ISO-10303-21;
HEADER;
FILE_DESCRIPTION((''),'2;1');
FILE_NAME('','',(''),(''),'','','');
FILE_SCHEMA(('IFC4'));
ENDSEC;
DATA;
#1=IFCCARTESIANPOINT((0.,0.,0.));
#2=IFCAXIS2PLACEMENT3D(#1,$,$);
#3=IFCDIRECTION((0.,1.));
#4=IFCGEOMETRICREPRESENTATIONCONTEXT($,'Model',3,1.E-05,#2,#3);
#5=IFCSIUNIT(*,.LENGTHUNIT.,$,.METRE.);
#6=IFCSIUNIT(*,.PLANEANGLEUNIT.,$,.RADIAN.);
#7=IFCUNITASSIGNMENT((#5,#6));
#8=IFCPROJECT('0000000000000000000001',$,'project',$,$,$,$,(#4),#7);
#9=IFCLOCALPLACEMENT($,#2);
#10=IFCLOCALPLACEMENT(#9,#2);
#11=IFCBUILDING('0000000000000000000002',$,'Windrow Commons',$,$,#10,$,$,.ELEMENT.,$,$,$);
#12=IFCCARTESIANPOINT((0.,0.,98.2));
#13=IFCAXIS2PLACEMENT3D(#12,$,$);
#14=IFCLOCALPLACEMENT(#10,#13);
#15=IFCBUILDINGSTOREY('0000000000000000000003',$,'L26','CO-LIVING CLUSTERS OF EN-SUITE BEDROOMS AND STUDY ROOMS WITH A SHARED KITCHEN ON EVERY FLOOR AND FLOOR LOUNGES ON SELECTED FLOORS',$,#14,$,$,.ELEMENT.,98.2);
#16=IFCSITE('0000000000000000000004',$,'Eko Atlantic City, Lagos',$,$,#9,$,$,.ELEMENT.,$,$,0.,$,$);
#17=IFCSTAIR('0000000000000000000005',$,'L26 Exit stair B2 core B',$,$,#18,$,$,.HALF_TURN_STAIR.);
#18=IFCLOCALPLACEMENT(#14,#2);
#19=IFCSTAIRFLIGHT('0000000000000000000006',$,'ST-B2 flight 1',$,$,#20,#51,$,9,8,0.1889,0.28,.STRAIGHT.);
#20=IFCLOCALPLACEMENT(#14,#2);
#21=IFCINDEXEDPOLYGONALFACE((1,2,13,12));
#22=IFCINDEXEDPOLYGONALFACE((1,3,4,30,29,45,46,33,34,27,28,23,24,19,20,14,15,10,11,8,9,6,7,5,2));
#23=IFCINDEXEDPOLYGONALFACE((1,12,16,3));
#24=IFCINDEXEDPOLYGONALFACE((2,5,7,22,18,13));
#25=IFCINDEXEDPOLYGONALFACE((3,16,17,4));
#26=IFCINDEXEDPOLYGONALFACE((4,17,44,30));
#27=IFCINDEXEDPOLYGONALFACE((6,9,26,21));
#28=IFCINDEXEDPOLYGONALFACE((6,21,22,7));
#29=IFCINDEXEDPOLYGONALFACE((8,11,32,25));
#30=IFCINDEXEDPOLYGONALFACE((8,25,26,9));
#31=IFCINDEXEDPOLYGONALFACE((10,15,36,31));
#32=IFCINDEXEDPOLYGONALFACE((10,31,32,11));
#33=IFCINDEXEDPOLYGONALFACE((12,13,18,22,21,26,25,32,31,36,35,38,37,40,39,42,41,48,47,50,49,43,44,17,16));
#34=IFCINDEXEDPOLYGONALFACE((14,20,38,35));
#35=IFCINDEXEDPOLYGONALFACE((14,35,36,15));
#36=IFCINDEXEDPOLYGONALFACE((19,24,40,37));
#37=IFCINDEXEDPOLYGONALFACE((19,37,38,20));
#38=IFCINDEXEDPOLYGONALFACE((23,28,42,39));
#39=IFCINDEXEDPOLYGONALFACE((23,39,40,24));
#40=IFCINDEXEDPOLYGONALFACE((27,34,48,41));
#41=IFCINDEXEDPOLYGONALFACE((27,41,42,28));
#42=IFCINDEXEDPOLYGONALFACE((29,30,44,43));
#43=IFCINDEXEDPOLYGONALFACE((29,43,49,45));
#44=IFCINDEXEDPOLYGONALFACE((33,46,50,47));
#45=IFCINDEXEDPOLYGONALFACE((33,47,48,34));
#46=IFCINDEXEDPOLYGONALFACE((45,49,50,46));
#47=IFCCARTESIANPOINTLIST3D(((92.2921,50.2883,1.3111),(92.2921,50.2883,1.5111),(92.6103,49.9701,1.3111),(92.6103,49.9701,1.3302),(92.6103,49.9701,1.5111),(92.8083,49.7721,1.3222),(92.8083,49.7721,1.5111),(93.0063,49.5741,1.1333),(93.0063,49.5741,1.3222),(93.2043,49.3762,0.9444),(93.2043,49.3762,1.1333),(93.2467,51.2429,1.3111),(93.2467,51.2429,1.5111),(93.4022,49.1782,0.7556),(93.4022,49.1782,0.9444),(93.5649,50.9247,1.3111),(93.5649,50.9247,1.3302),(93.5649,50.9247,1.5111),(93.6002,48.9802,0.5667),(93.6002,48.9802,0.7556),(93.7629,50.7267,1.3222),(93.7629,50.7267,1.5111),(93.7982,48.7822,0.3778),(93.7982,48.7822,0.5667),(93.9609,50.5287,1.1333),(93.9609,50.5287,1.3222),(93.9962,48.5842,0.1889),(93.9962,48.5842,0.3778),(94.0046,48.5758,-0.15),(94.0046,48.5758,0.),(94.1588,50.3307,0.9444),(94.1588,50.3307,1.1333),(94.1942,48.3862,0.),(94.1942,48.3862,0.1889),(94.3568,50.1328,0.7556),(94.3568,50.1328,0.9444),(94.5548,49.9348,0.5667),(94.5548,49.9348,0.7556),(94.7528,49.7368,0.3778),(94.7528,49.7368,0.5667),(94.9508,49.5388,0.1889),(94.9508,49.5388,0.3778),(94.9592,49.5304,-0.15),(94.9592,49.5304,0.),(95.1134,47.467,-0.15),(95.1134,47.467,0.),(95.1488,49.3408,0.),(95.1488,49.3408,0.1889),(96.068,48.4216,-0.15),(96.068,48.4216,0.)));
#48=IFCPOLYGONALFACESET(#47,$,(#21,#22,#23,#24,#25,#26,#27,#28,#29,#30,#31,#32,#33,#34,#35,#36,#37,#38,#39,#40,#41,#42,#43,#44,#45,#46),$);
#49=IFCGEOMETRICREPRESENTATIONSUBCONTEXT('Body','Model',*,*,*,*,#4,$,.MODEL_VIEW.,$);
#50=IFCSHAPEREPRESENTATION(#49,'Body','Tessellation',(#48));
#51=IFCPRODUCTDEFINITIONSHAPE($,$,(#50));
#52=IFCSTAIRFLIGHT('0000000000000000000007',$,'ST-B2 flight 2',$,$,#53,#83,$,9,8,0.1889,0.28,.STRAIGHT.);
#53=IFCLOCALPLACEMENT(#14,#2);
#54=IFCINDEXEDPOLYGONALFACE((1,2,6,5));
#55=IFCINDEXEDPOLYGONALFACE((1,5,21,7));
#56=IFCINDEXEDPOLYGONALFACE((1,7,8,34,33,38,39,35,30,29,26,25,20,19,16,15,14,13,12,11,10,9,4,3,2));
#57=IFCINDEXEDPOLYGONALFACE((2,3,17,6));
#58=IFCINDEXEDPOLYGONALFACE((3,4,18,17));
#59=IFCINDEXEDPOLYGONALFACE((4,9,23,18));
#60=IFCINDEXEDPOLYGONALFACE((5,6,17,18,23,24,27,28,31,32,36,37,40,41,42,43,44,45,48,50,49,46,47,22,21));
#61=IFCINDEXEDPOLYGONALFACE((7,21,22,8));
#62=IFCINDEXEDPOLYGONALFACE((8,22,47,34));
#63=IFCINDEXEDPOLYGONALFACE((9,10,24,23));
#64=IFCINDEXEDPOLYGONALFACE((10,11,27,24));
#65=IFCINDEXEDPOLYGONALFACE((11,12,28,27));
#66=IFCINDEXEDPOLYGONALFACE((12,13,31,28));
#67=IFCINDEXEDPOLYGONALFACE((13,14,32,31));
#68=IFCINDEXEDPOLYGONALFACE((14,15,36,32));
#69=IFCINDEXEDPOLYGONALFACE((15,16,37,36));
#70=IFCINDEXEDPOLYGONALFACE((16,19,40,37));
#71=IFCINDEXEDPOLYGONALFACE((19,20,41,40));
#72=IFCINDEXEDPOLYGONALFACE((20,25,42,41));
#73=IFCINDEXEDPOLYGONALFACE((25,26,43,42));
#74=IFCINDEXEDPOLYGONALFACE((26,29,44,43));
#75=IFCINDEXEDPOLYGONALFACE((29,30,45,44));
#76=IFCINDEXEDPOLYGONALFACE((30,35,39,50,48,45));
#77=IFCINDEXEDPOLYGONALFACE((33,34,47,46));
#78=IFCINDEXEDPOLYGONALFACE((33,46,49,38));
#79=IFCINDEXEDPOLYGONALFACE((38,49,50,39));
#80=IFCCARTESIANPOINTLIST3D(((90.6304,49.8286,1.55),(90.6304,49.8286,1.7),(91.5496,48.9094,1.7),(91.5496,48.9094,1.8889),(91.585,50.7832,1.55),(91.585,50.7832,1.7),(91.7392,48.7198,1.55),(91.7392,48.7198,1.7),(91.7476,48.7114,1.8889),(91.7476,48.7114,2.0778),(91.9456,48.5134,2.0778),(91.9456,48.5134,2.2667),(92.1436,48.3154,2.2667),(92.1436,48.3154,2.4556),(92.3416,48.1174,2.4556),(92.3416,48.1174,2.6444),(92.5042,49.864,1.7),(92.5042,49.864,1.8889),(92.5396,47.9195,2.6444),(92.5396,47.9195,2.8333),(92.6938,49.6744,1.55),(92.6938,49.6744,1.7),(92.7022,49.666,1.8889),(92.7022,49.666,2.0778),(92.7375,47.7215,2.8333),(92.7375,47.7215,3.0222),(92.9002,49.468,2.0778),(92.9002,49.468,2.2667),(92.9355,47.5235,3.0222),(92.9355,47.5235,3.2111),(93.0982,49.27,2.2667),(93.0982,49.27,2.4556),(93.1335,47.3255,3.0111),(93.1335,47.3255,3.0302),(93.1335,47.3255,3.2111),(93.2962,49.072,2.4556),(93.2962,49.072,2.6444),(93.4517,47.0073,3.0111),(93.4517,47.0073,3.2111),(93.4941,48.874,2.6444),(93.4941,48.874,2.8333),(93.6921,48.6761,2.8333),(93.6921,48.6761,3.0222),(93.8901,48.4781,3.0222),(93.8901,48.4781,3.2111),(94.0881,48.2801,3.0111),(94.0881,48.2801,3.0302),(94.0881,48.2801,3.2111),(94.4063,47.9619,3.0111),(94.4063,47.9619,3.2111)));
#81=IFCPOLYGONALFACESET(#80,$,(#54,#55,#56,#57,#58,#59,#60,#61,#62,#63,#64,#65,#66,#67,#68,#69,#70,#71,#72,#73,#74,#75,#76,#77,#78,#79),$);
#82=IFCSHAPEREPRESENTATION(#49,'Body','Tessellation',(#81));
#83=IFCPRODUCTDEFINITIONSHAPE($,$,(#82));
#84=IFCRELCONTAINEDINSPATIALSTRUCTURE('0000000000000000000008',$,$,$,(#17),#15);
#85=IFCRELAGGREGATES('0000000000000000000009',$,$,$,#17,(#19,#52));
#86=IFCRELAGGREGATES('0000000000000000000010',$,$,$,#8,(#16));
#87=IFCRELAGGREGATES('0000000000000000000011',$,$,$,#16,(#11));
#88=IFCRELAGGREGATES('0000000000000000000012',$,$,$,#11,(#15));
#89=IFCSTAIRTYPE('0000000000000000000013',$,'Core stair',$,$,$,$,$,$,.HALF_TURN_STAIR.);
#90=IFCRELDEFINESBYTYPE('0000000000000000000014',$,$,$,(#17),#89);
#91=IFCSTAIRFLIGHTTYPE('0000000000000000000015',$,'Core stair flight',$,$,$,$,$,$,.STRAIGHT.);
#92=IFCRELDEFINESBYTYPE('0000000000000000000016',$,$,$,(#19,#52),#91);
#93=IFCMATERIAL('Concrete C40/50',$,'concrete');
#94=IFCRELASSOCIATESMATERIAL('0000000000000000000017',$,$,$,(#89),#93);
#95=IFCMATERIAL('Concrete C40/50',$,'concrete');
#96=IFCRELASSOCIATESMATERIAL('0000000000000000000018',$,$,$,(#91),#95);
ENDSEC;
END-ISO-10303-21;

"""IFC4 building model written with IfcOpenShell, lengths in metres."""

from ifc_helpers import new_model, si_unit, direction, frame, origin, place, context, subcontext, project, spatial, polyline, outline, extrude, material, type_object, element, aggregate, save


model = new_model("IFC4")

# Units and contexts
model_context = context("Model", 3, precision=1e-05, world=origin(), true_north=direction((0.0, 1.0)))
body_context = subcontext(model_context, "Body", "Model", "MODEL_VIEW")
ifc_project = project(units=[si_unit("LENGTHUNIT", "METRE"), si_unit("PLANEANGLEUNIT", "RADIAN")], contexts=[model_context])

# Site, building, storey
site_placement = place(None, origin())
site = spatial("IfcSite", under=ifc_project, at=site_placement, Name="Eko Atlantic City, Lagos", CompositionType="ELEMENT", RefElevation=0.0)
building_placement = place(site_placement, origin())
building = spatial("IfcBuilding", under=site, at=building_placement, Name="Windrow Commons", CompositionType="ELEMENT")
storey_placement = place(building_placement, frame((0.0, 0.0, 98.2)))
storey = spatial("IfcBuildingStorey", under=building, at=storey_placement, Name="L26", Description="CO-LIVING CLUSTERS OF EN-SUITE BEDROOMS AND STUDY ROOMS WITH A SHARED KITCHEN ON EVERY FLOOR AND FLOOR LOUNGES ON SELECTED FLOORS", CompositionType="ELEMENT", Elevation=98.2)

# Stair, stair flights
ifc_material_1 = material(Name="Concrete C40/50", Category="concrete")
stair_type = type_object("IfcStairType", Name="Core stair", PredefinedType="HALF_TURN_STAIR", material=ifc_material_1)
stair_placement = place(storey_placement, origin())
stair = element("IfcStair", 1, at=stair_placement, inside=storey, type_object=stair_type, Name="L26 Exit stair B2 core B", PredefinedType="HALF_TURN_STAIR")
ifc_material_2 = material(Name="Concrete C40/50", Category="concrete")
stair_flight_type = type_object("IfcStairFlightType", Name="Core stair flight", PredefinedType="STRAIGHT", material=ifc_material_2)
stair_flight_1_placement = place(storey_placement, frame((94.6715, 48.8635, 0.0), z_axis=(0.0, 0.0, 1.0), x_axis=(-0.707107, 0.707107, 0.0)))
stair_flight_1 = element("IfcStairFlight", 2, at=stair_flight_1_placement, type_object=stair_flight_type, Name="ST-B2 flight 1", NumberOfRisers=9, NumberOfTreads=8, PredefinedType="STRAIGHT", RiserHeight=0.1889, TreadLength=0.28, context=body_context, shape_type="SweptSolid", body=[
    extrude(outline(polyline([(-1.3, -0.15), (-1.3, 0.0), (0.0, 0.0), (0.0, 0.1889), (0.28, 0.1889), (0.28, 0.3778), (0.56, 0.3778), (0.56, 0.5667), (0.84, 0.5667), (0.84, 0.7556), (1.12, 0.7556), (1.12, 0.9444), (1.4, 0.9444), (1.4, 1.1333), (1.68, 1.1333), (1.68, 1.3222), (1.96, 1.3222), (1.96, 1.5111), (2.24, 1.5111), (2.69, 1.5111), (2.69, 1.3111), (2.24, 1.3111), (2.24, 1.3302), (0.2682, 0.0), (0.2682, -0.15), (-1.3, -0.15)])), frame((0.0, 0.675, 0.0), z_axis=(0.0, -1.0, 0.0), x_axis=(1.0, 0.0, 0.0)), (0.0, 0.0, 1.0), 1.35),
])
stair_flight_2_placement = place(storey_placement, frame((92.0269, 49.3867, 1.7), z_axis=(0.0, 0.0, 1.0), x_axis=(0.707107, -0.707107, 0.0)))
stair_flight_2 = element("IfcStairFlight", 3, at=stair_flight_2_placement, type_object=stair_flight_type, Name="ST-B2 flight 2", NumberOfRisers=9, NumberOfTreads=8, PredefinedType="STRAIGHT", RiserHeight=0.1889, TreadLength=0.28, context=body_context, shape_type="SweptSolid", body=[
    extrude(outline(polyline([(-1.3, -0.15), (-1.3, 0.0), (0.0, 0.0), (0.0, 0.1889), (0.28, 0.1889), (0.28, 0.3778), (0.56, 0.3778), (0.56, 0.5667), (0.84, 0.5667), (0.84, 0.7556), (1.12, 0.7556), (1.12, 0.9444), (1.4, 0.9444), (1.4, 1.1333), (1.68, 1.1333), (1.68, 1.3222), (1.96, 1.3222), (1.96, 1.5111), (2.24, 1.5111), (2.69, 1.5111), (2.69, 1.3111), (2.24, 1.3111), (2.24, 1.3302), (0.2682, 0.0), (0.2682, -0.15), (-1.3, -0.15)])), frame((0.0, 0.675, 0.0), z_axis=(0.0, -1.0, 0.0), x_axis=(1.0, 0.0, 0.0)), (0.0, 0.0, 1.0), 1.35),
])
aggregate(stair, [stair_flight_1, stair_flight_2])

save(model, "model.ifc")
